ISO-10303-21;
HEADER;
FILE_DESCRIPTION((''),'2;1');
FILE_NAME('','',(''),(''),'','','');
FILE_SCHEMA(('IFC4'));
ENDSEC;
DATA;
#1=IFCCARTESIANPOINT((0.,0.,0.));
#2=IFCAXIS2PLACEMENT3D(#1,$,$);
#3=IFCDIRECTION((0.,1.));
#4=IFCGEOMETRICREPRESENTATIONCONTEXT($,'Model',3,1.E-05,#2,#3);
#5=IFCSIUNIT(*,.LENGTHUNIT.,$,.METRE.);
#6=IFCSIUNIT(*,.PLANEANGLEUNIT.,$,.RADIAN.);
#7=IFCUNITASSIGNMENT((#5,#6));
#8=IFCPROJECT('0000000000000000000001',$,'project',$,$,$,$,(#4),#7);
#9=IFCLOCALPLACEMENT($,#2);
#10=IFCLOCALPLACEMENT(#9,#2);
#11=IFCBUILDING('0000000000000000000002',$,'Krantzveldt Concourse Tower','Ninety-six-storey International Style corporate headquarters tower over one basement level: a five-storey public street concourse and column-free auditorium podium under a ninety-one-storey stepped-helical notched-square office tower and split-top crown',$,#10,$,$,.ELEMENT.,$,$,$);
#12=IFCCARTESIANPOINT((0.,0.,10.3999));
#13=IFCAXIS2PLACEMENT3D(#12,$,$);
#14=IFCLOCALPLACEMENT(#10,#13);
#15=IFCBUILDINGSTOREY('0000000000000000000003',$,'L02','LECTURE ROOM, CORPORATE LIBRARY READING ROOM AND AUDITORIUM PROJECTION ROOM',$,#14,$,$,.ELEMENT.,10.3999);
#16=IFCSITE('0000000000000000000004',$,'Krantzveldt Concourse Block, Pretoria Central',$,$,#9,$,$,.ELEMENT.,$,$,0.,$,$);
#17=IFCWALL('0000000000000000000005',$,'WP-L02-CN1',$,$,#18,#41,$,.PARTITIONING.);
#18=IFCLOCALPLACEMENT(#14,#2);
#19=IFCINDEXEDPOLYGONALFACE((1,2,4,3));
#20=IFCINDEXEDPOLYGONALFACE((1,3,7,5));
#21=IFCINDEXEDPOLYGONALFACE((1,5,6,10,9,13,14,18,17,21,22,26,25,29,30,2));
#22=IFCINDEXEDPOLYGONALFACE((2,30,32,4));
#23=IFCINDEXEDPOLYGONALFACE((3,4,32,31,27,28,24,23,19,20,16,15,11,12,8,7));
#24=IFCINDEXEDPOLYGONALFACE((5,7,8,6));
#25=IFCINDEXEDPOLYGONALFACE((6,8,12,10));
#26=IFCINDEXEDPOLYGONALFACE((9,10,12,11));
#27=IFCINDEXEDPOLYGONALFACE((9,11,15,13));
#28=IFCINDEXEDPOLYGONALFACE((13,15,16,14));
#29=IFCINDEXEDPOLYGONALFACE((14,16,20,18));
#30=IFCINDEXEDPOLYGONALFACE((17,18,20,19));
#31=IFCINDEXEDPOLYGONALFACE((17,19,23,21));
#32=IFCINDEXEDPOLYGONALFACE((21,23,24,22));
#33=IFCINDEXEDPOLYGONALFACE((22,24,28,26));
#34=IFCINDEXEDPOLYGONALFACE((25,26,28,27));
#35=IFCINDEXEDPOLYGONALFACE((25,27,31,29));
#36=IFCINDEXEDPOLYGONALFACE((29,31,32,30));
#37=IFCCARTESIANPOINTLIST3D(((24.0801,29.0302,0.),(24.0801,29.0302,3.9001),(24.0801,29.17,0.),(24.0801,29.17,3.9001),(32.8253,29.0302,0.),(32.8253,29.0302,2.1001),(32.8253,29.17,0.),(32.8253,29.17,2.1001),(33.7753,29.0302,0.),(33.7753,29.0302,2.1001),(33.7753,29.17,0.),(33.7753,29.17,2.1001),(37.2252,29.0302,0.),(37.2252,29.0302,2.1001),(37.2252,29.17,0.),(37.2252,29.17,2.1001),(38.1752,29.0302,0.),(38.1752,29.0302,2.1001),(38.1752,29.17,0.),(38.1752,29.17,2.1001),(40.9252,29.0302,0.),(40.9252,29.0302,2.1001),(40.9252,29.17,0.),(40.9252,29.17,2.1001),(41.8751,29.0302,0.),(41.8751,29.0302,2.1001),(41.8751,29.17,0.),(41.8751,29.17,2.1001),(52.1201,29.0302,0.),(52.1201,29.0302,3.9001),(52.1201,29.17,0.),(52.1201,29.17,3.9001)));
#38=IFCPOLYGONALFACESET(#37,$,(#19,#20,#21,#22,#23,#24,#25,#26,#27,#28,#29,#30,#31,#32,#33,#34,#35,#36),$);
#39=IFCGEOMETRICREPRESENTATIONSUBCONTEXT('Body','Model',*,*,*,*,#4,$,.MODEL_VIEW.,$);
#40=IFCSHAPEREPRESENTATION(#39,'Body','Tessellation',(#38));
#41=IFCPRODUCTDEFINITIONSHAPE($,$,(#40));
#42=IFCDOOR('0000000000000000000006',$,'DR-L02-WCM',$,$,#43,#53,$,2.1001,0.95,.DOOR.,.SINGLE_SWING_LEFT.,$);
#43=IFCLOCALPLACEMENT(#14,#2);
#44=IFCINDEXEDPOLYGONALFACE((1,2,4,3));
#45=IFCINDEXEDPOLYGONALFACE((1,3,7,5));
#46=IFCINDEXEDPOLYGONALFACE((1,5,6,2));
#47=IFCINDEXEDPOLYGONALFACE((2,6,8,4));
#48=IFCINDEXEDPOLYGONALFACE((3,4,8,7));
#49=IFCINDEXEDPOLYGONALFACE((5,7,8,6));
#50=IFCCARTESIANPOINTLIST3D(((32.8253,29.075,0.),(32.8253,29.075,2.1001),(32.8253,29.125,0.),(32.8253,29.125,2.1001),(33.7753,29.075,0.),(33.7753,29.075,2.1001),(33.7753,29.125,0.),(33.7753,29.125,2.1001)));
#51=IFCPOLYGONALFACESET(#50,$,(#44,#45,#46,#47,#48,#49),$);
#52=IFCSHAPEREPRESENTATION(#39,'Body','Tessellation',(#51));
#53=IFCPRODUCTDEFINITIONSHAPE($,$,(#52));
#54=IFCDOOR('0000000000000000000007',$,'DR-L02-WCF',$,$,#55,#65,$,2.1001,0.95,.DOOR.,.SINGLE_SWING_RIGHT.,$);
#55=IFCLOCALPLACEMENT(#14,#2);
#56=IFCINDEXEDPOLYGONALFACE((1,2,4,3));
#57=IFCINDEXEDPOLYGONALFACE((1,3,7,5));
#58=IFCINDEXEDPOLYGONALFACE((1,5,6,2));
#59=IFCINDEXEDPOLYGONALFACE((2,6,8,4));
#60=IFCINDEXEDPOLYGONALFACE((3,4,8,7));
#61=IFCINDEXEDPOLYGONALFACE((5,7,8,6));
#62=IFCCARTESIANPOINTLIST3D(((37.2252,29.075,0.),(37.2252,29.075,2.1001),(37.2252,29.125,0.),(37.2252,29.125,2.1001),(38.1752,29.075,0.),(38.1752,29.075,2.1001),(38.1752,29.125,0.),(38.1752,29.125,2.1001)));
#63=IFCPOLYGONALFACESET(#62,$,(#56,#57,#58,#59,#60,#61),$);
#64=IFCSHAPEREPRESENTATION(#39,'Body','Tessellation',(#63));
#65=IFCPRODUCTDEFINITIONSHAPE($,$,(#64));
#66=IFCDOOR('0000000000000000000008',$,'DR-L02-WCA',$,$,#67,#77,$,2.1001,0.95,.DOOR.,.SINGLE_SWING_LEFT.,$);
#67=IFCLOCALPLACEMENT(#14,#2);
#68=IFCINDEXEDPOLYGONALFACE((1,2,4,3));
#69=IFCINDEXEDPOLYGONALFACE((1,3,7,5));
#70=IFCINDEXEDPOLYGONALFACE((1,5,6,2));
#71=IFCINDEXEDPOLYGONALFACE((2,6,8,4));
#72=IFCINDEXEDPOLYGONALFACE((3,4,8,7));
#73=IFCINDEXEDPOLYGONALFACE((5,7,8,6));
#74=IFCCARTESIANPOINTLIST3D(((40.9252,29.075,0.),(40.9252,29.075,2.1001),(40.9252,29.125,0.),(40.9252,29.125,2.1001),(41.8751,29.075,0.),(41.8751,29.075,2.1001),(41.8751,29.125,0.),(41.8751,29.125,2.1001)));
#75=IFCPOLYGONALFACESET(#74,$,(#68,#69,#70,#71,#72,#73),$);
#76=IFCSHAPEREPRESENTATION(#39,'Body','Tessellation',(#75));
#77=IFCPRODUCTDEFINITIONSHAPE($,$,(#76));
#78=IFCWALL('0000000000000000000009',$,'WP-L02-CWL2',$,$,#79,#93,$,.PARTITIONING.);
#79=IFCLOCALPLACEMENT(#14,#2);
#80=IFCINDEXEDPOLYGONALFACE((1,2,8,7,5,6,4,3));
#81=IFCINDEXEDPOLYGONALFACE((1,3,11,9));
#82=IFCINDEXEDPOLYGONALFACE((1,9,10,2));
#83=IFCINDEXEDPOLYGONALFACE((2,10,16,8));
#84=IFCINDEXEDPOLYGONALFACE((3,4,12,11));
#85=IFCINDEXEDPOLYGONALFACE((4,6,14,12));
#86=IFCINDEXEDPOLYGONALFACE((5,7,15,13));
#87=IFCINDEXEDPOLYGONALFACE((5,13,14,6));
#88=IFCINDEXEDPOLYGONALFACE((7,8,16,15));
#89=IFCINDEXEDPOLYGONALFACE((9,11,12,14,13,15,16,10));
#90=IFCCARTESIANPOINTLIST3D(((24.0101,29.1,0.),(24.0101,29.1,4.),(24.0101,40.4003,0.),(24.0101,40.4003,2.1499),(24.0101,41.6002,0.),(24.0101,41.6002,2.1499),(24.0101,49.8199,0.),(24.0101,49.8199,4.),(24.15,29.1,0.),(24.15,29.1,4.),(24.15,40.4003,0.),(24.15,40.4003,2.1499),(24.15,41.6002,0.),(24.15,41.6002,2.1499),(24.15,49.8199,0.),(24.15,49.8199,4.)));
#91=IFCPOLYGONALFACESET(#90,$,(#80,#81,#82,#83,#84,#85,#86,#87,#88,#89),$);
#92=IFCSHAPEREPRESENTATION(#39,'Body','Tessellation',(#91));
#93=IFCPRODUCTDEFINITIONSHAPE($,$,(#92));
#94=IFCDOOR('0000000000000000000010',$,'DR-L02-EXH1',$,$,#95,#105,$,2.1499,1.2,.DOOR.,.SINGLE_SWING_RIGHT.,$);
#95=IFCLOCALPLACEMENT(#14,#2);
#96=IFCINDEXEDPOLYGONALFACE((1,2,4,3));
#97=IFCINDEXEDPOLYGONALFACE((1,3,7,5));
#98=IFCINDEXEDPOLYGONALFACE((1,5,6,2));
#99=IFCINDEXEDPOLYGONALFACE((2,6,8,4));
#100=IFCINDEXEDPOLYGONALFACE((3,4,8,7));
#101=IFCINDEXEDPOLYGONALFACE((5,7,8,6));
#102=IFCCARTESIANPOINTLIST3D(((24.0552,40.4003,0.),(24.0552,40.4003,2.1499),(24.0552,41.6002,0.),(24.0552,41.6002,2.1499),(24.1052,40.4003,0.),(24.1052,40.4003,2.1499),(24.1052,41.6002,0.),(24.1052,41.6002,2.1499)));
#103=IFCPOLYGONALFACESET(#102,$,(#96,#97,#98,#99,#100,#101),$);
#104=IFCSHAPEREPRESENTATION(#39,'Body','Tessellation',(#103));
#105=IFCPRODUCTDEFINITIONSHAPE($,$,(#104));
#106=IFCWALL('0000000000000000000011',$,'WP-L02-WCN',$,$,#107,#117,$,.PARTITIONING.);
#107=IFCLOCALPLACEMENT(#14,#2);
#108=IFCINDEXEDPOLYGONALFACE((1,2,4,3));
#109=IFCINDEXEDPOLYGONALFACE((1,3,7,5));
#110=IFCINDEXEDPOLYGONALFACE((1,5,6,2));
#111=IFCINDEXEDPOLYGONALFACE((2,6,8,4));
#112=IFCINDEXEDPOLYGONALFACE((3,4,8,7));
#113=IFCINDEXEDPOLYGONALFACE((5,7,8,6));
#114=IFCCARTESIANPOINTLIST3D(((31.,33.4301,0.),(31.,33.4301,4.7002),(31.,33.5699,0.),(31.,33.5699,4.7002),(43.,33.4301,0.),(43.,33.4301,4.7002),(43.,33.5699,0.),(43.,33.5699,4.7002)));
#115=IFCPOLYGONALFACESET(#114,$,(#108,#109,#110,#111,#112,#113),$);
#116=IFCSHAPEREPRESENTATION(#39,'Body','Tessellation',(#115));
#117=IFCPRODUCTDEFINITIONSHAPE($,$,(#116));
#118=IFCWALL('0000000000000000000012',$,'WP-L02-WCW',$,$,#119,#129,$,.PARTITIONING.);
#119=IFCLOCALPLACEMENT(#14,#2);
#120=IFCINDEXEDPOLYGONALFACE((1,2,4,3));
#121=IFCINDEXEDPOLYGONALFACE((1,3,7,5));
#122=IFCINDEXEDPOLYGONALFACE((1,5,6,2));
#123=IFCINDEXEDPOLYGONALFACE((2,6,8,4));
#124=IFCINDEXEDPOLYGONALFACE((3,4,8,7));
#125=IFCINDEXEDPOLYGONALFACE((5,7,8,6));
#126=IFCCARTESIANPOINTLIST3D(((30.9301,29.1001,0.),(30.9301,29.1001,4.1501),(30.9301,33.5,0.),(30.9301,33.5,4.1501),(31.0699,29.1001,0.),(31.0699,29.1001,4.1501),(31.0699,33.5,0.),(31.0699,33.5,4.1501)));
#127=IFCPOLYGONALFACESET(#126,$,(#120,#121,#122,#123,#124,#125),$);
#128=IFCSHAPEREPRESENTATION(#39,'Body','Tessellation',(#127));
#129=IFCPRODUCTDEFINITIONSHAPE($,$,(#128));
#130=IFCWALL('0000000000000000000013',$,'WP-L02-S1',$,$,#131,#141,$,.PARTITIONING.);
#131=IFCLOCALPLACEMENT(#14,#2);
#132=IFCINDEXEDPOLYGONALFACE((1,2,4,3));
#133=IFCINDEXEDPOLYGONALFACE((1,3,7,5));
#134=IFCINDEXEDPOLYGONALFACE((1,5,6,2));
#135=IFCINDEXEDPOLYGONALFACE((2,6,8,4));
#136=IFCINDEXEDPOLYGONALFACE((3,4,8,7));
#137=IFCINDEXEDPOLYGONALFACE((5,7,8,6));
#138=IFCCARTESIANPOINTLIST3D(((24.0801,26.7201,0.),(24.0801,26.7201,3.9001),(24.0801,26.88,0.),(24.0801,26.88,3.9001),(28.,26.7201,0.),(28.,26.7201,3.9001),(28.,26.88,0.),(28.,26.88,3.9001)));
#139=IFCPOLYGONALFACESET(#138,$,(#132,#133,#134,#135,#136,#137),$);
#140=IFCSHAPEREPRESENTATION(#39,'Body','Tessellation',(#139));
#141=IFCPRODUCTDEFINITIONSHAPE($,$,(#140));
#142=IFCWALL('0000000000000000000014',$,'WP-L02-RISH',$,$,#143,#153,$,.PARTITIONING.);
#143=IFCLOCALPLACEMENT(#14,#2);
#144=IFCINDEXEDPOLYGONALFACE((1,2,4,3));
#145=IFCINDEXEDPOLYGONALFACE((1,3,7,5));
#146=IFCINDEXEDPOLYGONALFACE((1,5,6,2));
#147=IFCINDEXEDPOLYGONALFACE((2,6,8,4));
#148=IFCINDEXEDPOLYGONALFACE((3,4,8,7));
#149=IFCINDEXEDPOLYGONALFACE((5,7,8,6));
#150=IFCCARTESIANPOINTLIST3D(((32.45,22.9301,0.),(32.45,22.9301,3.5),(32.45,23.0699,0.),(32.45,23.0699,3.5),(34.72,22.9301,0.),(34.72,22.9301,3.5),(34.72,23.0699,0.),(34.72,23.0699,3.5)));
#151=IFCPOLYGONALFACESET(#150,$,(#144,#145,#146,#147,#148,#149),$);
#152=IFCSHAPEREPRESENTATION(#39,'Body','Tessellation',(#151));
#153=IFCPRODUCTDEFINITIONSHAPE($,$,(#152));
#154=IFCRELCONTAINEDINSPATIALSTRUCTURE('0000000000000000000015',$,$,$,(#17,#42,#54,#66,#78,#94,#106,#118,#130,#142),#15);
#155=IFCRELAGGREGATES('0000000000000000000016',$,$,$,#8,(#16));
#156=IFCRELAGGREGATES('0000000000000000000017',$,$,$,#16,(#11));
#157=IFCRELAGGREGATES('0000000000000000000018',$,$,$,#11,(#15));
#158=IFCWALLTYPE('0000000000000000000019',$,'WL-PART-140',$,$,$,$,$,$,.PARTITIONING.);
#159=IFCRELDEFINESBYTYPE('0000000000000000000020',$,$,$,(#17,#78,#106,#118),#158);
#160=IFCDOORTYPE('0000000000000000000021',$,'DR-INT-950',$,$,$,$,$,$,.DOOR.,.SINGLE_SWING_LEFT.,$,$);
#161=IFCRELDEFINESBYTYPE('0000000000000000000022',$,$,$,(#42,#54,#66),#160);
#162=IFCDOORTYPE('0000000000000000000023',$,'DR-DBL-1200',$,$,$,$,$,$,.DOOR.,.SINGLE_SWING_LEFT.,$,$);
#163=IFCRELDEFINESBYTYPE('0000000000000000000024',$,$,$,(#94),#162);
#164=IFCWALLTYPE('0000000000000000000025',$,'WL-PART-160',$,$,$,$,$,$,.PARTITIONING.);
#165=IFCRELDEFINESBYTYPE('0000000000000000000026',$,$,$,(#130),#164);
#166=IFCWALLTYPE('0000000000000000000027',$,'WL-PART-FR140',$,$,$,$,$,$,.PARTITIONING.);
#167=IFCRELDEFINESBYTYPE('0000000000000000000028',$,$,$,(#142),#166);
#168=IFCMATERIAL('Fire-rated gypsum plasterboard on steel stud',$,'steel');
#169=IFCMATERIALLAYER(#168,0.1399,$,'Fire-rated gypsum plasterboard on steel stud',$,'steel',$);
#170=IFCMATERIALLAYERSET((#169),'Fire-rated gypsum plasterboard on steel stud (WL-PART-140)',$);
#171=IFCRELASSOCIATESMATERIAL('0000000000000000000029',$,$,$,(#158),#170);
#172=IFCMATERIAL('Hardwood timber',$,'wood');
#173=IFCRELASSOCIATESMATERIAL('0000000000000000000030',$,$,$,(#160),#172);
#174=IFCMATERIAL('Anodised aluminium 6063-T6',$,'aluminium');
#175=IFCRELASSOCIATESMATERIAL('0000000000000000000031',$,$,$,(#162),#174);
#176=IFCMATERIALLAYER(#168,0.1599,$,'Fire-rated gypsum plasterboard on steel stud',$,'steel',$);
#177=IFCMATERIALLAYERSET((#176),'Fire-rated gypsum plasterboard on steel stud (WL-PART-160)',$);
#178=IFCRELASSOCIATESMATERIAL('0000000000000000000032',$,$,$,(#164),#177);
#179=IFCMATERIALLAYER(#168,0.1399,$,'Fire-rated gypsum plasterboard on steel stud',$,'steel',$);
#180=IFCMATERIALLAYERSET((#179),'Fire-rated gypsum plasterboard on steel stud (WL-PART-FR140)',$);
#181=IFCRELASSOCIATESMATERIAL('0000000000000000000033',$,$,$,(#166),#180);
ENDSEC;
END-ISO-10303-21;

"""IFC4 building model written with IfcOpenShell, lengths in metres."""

from ifc_helpers import new_model, si_unit, direction, frame, frame_2d, origin, place, context, subcontext, project, spatial, rectangle, extrude, material, layer, layer_set, type_object, element, fill, save


model = new_model("IFC4")

# Units and contexts
model_context = context("Model", 3, precision=1e-05, world=origin(), true_north=direction((0.0, 1.0)))
body_context = subcontext(model_context, "Body", "Model", "MODEL_VIEW")
ifc_project = project(units=[si_unit("LENGTHUNIT", "METRE"), si_unit("PLANEANGLEUNIT", "RADIAN")], contexts=[model_context])

# Site, building, storey
site_placement = place(None, origin())
site = spatial("IfcSite", under=ifc_project, at=site_placement, Name="Krantzveldt Concourse Block, Pretoria Central", CompositionType="ELEMENT", RefElevation=0.0)
building_placement = place(site_placement, origin())
building = spatial("IfcBuilding", under=site, at=building_placement, Name="Krantzveldt Concourse Tower", Description="Ninety-six-storey International Style corporate headquarters tower over one basement level: a five-storey public street concourse and column-free auditorium podium under a ninety-one-storey stepped-helical notched-square office tower and split-top crown", CompositionType="ELEMENT")
storey_placement = place(building_placement, frame((0.0, 0.0, 10.3999)))
storey = spatial("IfcBuildingStorey", under=building, at=storey_placement, Name="L02", Description="LECTURE ROOM, CORPORATE LIBRARY READING ROOM AND AUDITORIUM PROJECTION ROOM", CompositionType="ELEMENT", Elevation=10.3999)

# Wall, openings, doors
ifc_material_1 = material(Name="Fire-rated gypsum plasterboard on steel stud", Category="steel")
ifc_layer_1 = layer(ifc_material_1, 0.1399, Name="Fire-rated gypsum plasterboard on steel stud", Category="steel")
ifc_layer_set_1 = layer_set([ifc_layer_1], Name="Fire-rated gypsum plasterboard on steel stud (WL-PART-140)")
wall_type_1 = type_object("IfcWallType", Name="WL-PART-140", PredefinedType="PARTITIONING", material=ifc_layer_set_1)
wall_1_placement = place(storey_placement, frame((24.0801, 29.1001, 0.0), z_axis=(0.0, 0.0, 1.0), x_axis=(1.0, 0.0, 0.0)))
wall_1 = element("IfcWall", 1, at=wall_1_placement, inside=storey, type_object=wall_type_1, Name="WP-L02-CN1", PredefinedType="PARTITIONING", context=body_context, shape_type="SweptSolid", body=[
    extrude(rectangle(XDim=28.04, YDim=0.1399, at=frame_2d((14.02, 0.0))), origin(), (0.0, 0.0, 1.0), 3.9001),
])
opening_1_placement = place(wall_1_placement, frame((8.7451, 0.0, 0.0)))
opening_1 = element("IfcOpeningElement", 2, at=opening_1_placement, cuts=wall_1, PredefinedType="OPENING", context=body_context, shape_type="SweptSolid", body=[
    extrude(rectangle(XDim=0.95, YDim=2.1001, at=frame_2d((0.4751, 1.05))), frame((0.0, 0.0801, 0.0), z_axis=(0.0, -1.0, 0.0), x_axis=(1.0, 0.0, 0.0)), (0.0, 0.0, 1.0), 0.1599),
])
opening_2_placement = place(wall_1_placement, frame((13.145, 0.0, 0.0)))
opening_2 = element("IfcOpeningElement", 3, at=opening_2_placement, cuts=wall_1, PredefinedType="OPENING", context=body_context, shape_type="SweptSolid", body=[
    extrude(rectangle(XDim=0.95, YDim=2.1001, at=frame_2d((0.4751, 1.05))), frame((0.0, 0.0801, 0.0), z_axis=(0.0, -1.0, 0.0), x_axis=(1.0, 0.0, 0.0)), (0.0, 0.0, 1.0), 0.1599),
])
opening_3_placement = place(wall_1_placement, frame((16.845, 0.0, 0.0)))
opening_3 = element("IfcOpeningElement", 4, at=opening_3_placement, cuts=wall_1, PredefinedType="OPENING", context=body_context, shape_type="SweptSolid", body=[
    extrude(rectangle(XDim=0.95, YDim=2.1001, at=frame_2d((0.4751, 1.05))), frame((0.0, 0.0801, 0.0), z_axis=(0.0, -1.0, 0.0), x_axis=(1.0, 0.0, 0.0)), (0.0, 0.0, 1.0), 0.1599),
])
ifc_material_2 = material(Name="Hardwood timber", Category="wood")
door_type_1 = type_object("IfcDoorType", Name="DR-INT-950", OperationType="SINGLE_SWING_LEFT", PredefinedType="DOOR", material=ifc_material_2)
door_1_placement = place(opening_1_placement, origin())
door_1 = element("IfcDoor", 5, at=door_1_placement, inside=storey, type_object=door_type_1, Name="DR-L02-WCM", OperationType="SINGLE_SWING_LEFT", OverallHeight=2.1001, OverallWidth=0.95, PredefinedType="DOOR", context=body_context, shape_type="SweptSolid", body=[
    extrude(rectangle(XDim=0.95, YDim=2.1001, at=frame_2d((0.4751, 1.05))), frame((0.0, 0.0249, 0.0), z_axis=(0.0, -1.0, 0.0), x_axis=(1.0, 0.0, 0.0)), (0.0, 0.0, 1.0), 0.05),
])
fill(opening_1, door_1)
door_2_placement = place(opening_2_placement, origin())
door_2 = element("IfcDoor", 6, at=door_2_placement, inside=storey, type_object=door_type_1, Name="DR-L02-WCF", OperationType="SINGLE_SWING_RIGHT", OverallHeight=2.1001, OverallWidth=0.95, PredefinedType="DOOR", context=body_context, shape_type="SweptSolid", body=[
    extrude(rectangle(XDim=0.95, YDim=2.1001, at=frame_2d((0.4751, 1.05))), frame((0.0, 0.0249, 0.0), z_axis=(0.0, -1.0, 0.0), x_axis=(1.0, 0.0, 0.0)), (0.0, 0.0, 1.0), 0.05),
])
fill(opening_2, door_2)
door_3_placement = place(opening_3_placement, origin())
door_3 = element("IfcDoor", 7, at=door_3_placement, inside=storey, type_object=door_type_1, Name="DR-L02-WCA", OperationType="SINGLE_SWING_LEFT", OverallHeight=2.1001, OverallWidth=0.95, PredefinedType="DOOR", context=body_context, shape_type="SweptSolid", body=[
    extrude(rectangle(XDim=0.95, YDim=2.1001, at=frame_2d((0.4751, 1.05))), frame((0.0, 0.0249, 0.0), z_axis=(0.0, -1.0, 0.0), x_axis=(1.0, 0.0, 0.0)), (0.0, 0.0, 1.0), 0.05),
])
fill(opening_3, door_3)

# Wall, opening, door
wall_2_placement = place(storey_placement, frame((24.0801, 29.1001, 0.0), z_axis=(0.0, 0.0, 1.0), x_axis=(0.0, 1.0, 0.0)))
wall_2 = element("IfcWall", 8, at=wall_2_placement, inside=storey, type_object=wall_type_1, Name="WP-L02-CWL2", PredefinedType="PARTITIONING", context=body_context, shape_type="SweptSolid", body=[
    extrude(rectangle(XDim=20.72, YDim=0.1399, at=frame_2d((10.3599, 0.0))), origin(), (0.0, 0.0, 1.0), 4.0),
])
opening_4_placement = place(wall_2_placement, frame((11.3, 0.0, 0.0)))
opening_4 = element("IfcOpeningElement", 9, at=opening_4_placement, cuts=wall_2, PredefinedType="OPENING", context=body_context, shape_type="SweptSolid", body=[
    extrude(rectangle(XDim=1.2, YDim=2.1499, at=frame_2d((0.6001, 1.075))), frame((0.0, 0.0801, 0.0), z_axis=(0.0, -1.0, 0.0), x_axis=(1.0, 0.0, 0.0)), (0.0, 0.0, 1.0), 0.1599),
])
ifc_material_3 = material(Name="Anodised aluminium 6063-T6", Category="aluminium")
door_type_2 = type_object("IfcDoorType", Name="DR-DBL-1200", OperationType="SINGLE_SWING_LEFT", PredefinedType="DOOR", material=ifc_material_3)
door_4_placement = place(opening_4_placement, origin())
door_4 = element("IfcDoor", 10, at=door_4_placement, inside=storey, type_object=door_type_2, Name="DR-L02-EXH1", OperationType="SINGLE_SWING_RIGHT", OverallHeight=2.1499, OverallWidth=1.2, PredefinedType="DOOR", context=body_context, shape_type="SweptSolid", body=[
    extrude(rectangle(XDim=1.2, YDim=2.1499, at=frame_2d((0.6001, 1.075))), frame((0.0, 0.0249, 0.0), z_axis=(0.0, -1.0, 0.0), x_axis=(1.0, 0.0, 0.0)), (0.0, 0.0, 1.0), 0.05),
])
fill(opening_4, door_4)

# Walls
wall_3_placement = place(storey_placement, frame((31.0, 33.5, 0.0), z_axis=(0.0, 0.0, 1.0), x_axis=(1.0, 0.0, 0.0)))
element("IfcWall", 11, at=wall_3_placement, inside=storey, type_object=wall_type_1, Name="WP-L02-WCN", PredefinedType="PARTITIONING", context=body_context, shape_type="SweptSolid", body=[
    extrude(rectangle(XDim=12.0, YDim=0.1399, at=frame_2d((6.0, 0.0))), origin(), (0.0, 0.0, 1.0), 4.7002),
])
wall_4_placement = place(storey_placement, frame((31.0, 29.1001, 0.0), z_axis=(0.0, 0.0, 1.0), x_axis=(0.0, 1.0, 0.0)))
element("IfcWall", 12, at=wall_4_placement, inside=storey, type_object=wall_type_1, Name="WP-L02-WCW", PredefinedType="PARTITIONING", context=body_context, shape_type="SweptSolid", body=[
    extrude(rectangle(XDim=4.3999, YDim=0.1399, at=frame_2d((2.2, 0.0))), origin(), (0.0, 0.0, 1.0), 4.1501),
])
ifc_layer_2 = layer(ifc_material_1, 0.1599, Name="Fire-rated gypsum plasterboard on steel stud", Category="steel")
ifc_layer_set_2 = layer_set([ifc_layer_2], Name="Fire-rated gypsum plasterboard on steel stud (WL-PART-160)")
wall_type_2 = type_object("IfcWallType", Name="WL-PART-160", PredefinedType="PARTITIONING", material=ifc_layer_set_2)
wall_5_placement = place(storey_placement, frame((24.0801, 26.8, 0.0), z_axis=(0.0, 0.0, 1.0), x_axis=(1.0, 0.0, 0.0)))
element("IfcWall", 13, at=wall_5_placement, inside=storey, type_object=wall_type_2, Name="WP-L02-S1", PredefinedType="PARTITIONING", context=body_context, shape_type="SweptSolid", body=[
    extrude(rectangle(XDim=3.9199, YDim=0.1599, at=frame_2d((1.96, 0.0))), origin(), (0.0, 0.0, 1.0), 3.9001),
])
ifc_layer_3 = layer(ifc_material_1, 0.1399, Name="Fire-rated gypsum plasterboard on steel stud", Category="steel")
ifc_layer_set_3 = layer_set([ifc_layer_3], Name="Fire-rated gypsum plasterboard on steel stud (WL-PART-FR140)")
wall_type_3 = type_object("IfcWallType", Name="WL-PART-FR140", PredefinedType="PARTITIONING", material=ifc_layer_set_3)
wall_6_placement = place(storey_placement, frame((32.45, 23.0, 0.0), z_axis=(0.0, 0.0, 1.0), x_axis=(1.0, 0.0, 0.0)))
element("IfcWall", 14, at=wall_6_placement, inside=storey, type_object=wall_type_3, Name="WP-L02-RISH", PredefinedType="PARTITIONING", context=body_context, shape_type="SweptSolid", body=[
    extrude(rectangle(XDim=2.27, YDim=0.1399, at=frame_2d((1.135, 0.0))), origin(), (0.0, 0.0, 1.0), 3.5),
])

save(model, "model.ifc")
